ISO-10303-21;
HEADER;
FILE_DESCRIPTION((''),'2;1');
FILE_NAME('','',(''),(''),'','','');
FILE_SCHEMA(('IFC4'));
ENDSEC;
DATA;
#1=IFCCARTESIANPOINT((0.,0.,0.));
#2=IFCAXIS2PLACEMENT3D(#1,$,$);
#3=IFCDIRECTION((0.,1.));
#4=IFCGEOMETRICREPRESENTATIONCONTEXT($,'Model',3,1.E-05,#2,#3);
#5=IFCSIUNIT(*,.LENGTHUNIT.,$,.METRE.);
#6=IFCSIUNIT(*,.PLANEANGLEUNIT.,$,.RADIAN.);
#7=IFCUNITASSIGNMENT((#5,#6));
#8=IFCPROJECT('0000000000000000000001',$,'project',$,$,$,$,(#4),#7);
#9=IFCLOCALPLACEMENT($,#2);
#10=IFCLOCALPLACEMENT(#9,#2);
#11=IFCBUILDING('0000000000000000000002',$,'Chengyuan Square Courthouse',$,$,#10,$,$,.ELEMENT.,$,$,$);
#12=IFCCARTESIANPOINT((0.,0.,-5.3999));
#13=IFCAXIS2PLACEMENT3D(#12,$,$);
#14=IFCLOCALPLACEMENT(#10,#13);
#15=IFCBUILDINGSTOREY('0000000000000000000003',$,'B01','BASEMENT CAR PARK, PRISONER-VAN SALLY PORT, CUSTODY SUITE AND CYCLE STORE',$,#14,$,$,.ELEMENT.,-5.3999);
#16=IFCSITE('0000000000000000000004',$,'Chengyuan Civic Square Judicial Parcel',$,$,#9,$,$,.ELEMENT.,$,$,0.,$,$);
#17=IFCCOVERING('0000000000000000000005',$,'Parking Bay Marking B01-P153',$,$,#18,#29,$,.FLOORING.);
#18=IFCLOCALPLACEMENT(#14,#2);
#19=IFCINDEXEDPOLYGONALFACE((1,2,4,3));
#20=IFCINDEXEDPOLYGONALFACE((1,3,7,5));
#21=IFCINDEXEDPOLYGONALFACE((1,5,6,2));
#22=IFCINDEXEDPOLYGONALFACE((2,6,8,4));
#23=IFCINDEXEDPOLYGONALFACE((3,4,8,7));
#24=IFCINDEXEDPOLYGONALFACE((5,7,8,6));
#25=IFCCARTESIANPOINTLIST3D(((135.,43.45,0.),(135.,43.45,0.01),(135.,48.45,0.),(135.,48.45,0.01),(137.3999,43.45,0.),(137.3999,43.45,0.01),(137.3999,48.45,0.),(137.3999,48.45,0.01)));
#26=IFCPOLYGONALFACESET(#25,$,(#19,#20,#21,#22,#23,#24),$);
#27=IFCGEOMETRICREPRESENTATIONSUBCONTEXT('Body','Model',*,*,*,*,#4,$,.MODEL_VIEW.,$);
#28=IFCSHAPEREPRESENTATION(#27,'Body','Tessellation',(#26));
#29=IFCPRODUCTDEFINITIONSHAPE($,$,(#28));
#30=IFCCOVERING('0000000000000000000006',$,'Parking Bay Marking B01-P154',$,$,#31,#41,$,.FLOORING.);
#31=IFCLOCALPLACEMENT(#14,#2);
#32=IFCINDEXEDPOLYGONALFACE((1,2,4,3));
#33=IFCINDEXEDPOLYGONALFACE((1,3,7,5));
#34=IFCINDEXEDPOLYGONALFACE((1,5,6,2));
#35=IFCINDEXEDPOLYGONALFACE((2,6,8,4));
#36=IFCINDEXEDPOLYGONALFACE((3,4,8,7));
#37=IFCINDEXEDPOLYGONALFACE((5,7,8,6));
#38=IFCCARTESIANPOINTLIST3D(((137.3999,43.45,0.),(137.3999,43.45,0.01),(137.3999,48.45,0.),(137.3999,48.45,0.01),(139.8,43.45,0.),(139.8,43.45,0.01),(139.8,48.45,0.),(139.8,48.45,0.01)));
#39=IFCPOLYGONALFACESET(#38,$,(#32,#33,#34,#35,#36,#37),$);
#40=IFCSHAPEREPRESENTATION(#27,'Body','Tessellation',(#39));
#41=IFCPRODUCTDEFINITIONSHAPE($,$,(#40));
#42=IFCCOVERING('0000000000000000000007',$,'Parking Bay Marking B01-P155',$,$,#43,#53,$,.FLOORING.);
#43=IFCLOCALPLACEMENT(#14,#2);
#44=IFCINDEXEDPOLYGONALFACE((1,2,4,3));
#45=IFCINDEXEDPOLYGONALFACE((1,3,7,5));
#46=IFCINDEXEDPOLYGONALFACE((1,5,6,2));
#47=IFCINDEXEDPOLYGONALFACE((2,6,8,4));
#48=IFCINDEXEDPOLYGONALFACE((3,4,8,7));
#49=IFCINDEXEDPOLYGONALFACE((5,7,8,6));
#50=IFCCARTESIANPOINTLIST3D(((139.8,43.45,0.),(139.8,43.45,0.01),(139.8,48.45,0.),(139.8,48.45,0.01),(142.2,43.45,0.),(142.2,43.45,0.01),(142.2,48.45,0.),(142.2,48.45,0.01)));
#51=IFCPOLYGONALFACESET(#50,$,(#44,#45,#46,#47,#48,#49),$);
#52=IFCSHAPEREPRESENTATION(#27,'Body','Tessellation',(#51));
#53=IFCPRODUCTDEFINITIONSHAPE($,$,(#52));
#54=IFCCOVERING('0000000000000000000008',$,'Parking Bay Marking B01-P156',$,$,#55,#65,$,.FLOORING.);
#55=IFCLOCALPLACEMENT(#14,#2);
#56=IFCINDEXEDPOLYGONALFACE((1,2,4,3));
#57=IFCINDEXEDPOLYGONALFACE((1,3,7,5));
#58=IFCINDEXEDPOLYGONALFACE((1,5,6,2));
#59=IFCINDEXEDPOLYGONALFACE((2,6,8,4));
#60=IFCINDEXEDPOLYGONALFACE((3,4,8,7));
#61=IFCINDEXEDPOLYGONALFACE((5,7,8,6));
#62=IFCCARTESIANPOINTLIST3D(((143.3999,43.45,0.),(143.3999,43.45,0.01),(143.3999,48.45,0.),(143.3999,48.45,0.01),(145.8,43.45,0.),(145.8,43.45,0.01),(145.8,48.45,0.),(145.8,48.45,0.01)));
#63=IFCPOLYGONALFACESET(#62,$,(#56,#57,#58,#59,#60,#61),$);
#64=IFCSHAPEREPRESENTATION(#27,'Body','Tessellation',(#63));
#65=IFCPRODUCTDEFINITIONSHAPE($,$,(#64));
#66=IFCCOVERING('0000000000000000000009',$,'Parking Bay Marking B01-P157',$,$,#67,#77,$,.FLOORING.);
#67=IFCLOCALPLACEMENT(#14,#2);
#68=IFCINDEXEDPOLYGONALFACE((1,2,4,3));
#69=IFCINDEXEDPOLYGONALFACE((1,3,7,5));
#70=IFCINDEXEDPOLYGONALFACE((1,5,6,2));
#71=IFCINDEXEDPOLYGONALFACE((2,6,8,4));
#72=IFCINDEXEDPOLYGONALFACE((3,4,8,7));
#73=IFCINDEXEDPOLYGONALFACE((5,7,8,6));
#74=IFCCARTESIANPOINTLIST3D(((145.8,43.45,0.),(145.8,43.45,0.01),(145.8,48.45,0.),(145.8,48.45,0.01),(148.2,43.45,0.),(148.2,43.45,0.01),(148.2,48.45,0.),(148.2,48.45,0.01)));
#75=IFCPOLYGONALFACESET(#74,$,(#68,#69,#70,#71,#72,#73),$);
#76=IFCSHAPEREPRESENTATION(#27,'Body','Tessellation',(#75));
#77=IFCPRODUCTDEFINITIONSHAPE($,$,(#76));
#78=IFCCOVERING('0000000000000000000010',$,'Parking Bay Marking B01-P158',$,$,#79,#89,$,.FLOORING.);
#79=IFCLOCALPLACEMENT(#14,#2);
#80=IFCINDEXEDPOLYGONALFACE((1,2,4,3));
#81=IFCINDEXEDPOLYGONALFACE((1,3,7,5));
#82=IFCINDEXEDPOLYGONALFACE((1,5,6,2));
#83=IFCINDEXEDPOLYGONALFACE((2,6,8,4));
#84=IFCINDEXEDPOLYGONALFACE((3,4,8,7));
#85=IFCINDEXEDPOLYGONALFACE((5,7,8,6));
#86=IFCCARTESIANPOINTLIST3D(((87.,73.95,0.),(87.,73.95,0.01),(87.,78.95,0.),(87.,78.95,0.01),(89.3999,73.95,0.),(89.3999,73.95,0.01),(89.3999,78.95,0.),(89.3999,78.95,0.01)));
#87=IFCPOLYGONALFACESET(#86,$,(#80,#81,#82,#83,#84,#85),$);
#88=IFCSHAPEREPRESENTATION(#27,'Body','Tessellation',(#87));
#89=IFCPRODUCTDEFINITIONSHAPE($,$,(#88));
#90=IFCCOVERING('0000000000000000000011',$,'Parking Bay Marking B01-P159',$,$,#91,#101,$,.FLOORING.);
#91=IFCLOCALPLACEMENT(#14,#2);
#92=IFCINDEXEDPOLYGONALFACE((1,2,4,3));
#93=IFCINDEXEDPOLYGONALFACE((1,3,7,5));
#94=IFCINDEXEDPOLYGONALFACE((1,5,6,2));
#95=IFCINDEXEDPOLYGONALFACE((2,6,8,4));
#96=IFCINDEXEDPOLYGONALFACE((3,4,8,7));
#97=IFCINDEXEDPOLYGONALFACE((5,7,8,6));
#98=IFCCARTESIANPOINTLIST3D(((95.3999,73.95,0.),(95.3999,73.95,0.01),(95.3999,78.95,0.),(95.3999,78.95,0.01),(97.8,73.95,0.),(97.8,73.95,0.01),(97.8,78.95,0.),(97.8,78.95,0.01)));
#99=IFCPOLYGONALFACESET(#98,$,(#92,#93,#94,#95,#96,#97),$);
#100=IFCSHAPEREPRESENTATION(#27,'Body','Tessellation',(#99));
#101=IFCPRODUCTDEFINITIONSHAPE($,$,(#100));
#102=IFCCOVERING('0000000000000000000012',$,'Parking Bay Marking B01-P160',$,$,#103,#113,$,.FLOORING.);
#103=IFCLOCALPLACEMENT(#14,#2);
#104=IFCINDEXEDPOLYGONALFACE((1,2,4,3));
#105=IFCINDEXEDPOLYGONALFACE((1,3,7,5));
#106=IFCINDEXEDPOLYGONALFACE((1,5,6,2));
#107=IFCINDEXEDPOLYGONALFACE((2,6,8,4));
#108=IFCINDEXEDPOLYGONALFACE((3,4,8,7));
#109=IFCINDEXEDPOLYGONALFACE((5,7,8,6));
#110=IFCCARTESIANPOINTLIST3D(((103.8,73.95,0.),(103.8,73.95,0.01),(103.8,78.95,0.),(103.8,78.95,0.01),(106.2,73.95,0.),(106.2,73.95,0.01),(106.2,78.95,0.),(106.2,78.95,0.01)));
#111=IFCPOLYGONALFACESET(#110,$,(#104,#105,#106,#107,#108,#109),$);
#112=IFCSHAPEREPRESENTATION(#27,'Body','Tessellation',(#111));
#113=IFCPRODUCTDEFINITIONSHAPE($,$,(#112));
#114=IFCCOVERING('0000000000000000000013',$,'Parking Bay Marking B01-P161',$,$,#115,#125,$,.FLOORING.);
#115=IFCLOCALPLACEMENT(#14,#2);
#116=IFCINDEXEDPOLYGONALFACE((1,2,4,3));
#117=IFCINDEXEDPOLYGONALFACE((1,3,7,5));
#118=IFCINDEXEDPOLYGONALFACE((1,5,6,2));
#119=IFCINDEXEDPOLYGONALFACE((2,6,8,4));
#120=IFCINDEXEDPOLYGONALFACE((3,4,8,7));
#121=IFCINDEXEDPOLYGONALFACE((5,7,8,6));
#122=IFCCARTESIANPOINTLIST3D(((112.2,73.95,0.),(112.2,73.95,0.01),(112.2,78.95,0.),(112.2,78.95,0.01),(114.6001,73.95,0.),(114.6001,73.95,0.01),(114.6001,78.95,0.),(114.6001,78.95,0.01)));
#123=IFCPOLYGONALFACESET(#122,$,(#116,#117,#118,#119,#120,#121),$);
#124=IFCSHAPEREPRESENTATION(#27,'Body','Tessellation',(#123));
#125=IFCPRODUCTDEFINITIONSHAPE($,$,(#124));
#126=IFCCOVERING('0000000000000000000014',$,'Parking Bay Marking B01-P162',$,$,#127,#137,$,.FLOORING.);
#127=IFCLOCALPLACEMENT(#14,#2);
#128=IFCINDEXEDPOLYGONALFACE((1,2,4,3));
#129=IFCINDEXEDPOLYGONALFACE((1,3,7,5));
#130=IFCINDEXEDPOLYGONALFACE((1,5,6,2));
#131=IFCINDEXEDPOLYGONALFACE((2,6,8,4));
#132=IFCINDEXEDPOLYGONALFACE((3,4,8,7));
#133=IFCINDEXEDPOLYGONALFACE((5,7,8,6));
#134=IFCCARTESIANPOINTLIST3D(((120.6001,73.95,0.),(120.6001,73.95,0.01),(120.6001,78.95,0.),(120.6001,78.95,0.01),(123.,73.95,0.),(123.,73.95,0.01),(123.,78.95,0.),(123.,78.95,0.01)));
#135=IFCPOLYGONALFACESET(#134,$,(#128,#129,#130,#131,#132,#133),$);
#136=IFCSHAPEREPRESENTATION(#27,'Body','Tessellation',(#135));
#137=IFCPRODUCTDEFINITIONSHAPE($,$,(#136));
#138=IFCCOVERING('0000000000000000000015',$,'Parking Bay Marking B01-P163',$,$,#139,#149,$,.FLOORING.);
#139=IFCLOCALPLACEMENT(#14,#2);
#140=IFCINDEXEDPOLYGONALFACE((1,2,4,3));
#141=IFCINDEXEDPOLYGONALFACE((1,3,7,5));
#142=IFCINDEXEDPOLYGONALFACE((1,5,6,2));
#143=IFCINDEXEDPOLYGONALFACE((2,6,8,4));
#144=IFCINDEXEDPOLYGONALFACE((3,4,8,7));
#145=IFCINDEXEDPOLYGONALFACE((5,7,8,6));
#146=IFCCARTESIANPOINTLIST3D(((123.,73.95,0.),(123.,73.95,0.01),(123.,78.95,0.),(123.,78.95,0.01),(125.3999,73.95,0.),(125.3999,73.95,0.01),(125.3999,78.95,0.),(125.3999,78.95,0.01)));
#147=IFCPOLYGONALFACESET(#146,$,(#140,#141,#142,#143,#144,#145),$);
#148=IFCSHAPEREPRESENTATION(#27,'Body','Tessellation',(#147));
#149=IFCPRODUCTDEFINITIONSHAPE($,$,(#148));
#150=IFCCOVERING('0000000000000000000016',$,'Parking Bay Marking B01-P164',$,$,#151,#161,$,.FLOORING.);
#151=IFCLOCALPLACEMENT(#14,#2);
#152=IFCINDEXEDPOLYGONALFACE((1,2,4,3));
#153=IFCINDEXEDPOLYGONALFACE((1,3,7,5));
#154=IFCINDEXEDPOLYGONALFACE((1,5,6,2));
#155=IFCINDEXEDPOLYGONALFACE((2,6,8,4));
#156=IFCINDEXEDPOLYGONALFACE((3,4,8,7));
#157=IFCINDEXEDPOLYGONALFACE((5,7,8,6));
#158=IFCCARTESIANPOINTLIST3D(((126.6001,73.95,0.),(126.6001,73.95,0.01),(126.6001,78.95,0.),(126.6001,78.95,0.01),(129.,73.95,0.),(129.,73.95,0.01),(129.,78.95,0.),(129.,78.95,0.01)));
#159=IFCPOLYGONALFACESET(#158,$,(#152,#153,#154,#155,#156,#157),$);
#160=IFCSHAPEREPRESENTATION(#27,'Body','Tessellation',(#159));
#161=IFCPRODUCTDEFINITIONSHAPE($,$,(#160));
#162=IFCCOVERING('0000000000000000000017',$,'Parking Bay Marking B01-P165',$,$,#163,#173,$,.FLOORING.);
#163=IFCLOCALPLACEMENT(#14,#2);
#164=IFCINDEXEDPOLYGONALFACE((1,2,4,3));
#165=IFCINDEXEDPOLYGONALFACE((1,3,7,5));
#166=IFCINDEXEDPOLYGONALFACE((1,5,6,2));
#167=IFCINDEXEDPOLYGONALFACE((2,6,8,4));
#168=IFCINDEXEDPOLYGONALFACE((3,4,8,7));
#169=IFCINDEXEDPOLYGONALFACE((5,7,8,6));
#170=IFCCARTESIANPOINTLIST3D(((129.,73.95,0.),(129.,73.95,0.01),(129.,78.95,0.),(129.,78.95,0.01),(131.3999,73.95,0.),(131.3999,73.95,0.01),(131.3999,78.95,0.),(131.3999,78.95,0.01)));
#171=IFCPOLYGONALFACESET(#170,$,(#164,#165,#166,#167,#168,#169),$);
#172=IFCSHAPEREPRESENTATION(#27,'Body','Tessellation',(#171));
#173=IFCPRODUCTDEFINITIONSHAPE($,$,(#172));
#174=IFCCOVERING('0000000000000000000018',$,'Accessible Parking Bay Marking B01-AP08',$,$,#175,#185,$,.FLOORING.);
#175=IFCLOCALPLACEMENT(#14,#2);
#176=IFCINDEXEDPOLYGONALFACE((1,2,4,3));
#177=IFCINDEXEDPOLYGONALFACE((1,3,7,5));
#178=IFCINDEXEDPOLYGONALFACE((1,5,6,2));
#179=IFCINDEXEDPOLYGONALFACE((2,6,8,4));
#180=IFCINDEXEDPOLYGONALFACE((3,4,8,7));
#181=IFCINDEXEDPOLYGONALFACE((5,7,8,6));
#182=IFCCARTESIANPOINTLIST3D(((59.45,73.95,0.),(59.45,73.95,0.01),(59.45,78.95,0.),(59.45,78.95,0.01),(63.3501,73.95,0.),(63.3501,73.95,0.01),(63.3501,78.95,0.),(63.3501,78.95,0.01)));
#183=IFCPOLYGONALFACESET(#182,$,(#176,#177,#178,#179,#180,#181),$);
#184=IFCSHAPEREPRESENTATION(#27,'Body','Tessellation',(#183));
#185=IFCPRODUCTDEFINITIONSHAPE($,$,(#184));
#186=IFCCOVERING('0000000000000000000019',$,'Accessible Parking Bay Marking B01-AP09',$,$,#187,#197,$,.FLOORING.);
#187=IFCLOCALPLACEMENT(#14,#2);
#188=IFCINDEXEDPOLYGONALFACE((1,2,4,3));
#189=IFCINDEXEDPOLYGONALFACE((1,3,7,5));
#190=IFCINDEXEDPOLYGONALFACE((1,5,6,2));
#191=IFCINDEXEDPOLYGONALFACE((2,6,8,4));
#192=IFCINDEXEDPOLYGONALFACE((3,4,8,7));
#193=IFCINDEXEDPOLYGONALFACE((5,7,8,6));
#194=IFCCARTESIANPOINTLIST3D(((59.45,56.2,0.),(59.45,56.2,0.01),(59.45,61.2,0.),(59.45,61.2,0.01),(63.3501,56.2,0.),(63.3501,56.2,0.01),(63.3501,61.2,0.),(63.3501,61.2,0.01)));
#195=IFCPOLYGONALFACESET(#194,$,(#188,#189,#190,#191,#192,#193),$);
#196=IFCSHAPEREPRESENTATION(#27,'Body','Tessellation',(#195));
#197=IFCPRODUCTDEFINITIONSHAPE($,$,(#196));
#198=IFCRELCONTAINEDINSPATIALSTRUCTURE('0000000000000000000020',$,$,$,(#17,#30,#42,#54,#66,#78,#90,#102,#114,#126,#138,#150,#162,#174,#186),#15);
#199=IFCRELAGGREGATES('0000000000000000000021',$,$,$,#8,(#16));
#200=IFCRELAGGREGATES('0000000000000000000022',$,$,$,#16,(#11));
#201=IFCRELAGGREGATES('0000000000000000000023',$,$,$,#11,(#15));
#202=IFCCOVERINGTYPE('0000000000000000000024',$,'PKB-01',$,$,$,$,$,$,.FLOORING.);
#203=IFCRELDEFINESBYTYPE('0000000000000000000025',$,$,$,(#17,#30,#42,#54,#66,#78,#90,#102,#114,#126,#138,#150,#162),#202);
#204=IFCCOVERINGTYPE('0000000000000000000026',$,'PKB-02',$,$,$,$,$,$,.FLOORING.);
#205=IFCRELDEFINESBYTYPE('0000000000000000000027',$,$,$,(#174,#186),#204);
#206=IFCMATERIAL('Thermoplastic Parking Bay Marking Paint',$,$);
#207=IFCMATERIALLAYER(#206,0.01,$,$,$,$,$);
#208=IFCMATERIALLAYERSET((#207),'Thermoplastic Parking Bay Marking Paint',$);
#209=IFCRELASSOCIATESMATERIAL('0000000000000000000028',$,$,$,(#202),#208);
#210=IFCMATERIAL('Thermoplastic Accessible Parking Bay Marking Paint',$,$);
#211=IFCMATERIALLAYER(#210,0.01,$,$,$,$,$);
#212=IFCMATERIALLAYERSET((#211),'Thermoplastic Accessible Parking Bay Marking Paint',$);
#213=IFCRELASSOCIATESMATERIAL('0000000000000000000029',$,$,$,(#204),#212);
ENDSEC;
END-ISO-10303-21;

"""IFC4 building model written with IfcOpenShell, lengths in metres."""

from ifc_helpers import new_model, si_unit, direction, frame, origin, place, context, subcontext, project, spatial, polyline, outline, extrude, material, layer, layer_set, type_object, element, save


model = new_model("IFC4")

# Units and contexts
model_context = context("Model", 3, precision=1e-05, world=origin(), true_north=direction((0.0, 1.0)))
body_context = subcontext(model_context, "Body", "Model", "MODEL_VIEW")
ifc_project = project(units=[si_unit("LENGTHUNIT", "METRE"), si_unit("PLANEANGLEUNIT", "RADIAN")], contexts=[model_context])

# Site, building, storey
site_placement = place(None, origin())
site = spatial("IfcSite", under=ifc_project, at=site_placement, Name="Chengyuan Civic Square Judicial Parcel", CompositionType="ELEMENT", RefElevation=0.0)
building_placement = place(site_placement, origin())
building = spatial("IfcBuilding", under=site, at=building_placement, Name="Chengyuan Square Courthouse", CompositionType="ELEMENT")
storey_placement = place(building_placement, frame((0.0, 0.0, -5.3999)))
storey = spatial("IfcBuildingStorey", under=building, at=storey_placement, Name="B01", Description="BASEMENT CAR PARK, PRISONER-VAN SALLY PORT, CUSTODY SUITE AND CYCLE STORE", CompositionType="ELEMENT", Elevation=-5.3999)

# Coverings
ifc_material_1 = material(Name="Thermoplastic Parking Bay Marking Paint")
ifc_layer_1 = layer(ifc_material_1, 0.01)
ifc_layer_set_1 = layer_set([ifc_layer_1], Name="Thermoplastic Parking Bay Marking Paint")
covering_type_1 = type_object("IfcCoveringType", Name="PKB-01", PredefinedType="FLOORING", material=ifc_layer_set_1)
covering_1_placement = place(storey_placement, origin())
element("IfcCovering", 1, at=covering_1_placement, inside=storey, type_object=covering_type_1, Name="Parking Bay Marking B01-P153", PredefinedType="FLOORING", context=body_context, shape_type="SweptSolid", body=[
    extrude(outline(polyline([(135.0, 43.45), (137.3999, 43.45), (137.3999, 48.45), (135.0, 48.45), (135.0, 43.45)])), origin(), (0.0, 0.0, 1.0), 0.01),
])
covering_2_placement = place(storey_placement, origin())
element("IfcCovering", 2, at=covering_2_placement, inside=storey, type_object=covering_type_1, Name="Parking Bay Marking B01-P154", PredefinedType="FLOORING", context=body_context, shape_type="SweptSolid", body=[
    extrude(outline(polyline([(137.3999, 43.45), (139.8, 43.45), (139.8, 48.45), (137.3999, 48.45), (137.3999, 43.45)])), origin(), (0.0, 0.0, 1.0), 0.01),
])
covering_3_placement = place(storey_placement, origin())
element("IfcCovering", 3, at=covering_3_placement, inside=storey, type_object=covering_type_1, Name="Parking Bay Marking B01-P155", PredefinedType="FLOORING", context=body_context, shape_type="SweptSolid", body=[
    extrude(outline(polyline([(139.8, 43.45), (142.2, 43.45), (142.2, 48.45), (139.8, 48.45), (139.8, 43.45)])), origin(), (0.0, 0.0, 1.0), 0.01),
])
covering_4_placement = place(storey_placement, origin())
element("IfcCovering", 4, at=covering_4_placement, inside=storey, type_object=covering_type_1, Name="Parking Bay Marking B01-P156", PredefinedType="FLOORING", context=body_context, shape_type="SweptSolid", body=[
    extrude(outline(polyline([(143.3999, 43.45), (145.8, 43.45), (145.8, 48.45), (143.3999, 48.45), (143.3999, 43.45)])), origin(), (0.0, 0.0, 1.0), 0.01),
])
covering_5_placement = place(storey_placement, origin())
element("IfcCovering", 5, at=covering_5_placement, inside=storey, type_object=covering_type_1, Name="Parking Bay Marking B01-P157", PredefinedType="FLOORING", context=body_context, shape_type="SweptSolid", body=[
    extrude(outline(polyline([(145.8, 43.45), (148.2, 43.45), (148.2, 48.45), (145.8, 48.45), (145.8, 43.45)])), origin(), (0.0, 0.0, 1.0), 0.01),
])
covering_6_placement = place(storey_placement, origin())
element("IfcCovering", 6, at=covering_6_placement, inside=storey, type_object=covering_type_1, Name="Parking Bay Marking B01-P158", PredefinedType="FLOORING", context=body_context, shape_type="SweptSolid", body=[
    extrude(outline(polyline([(87.0, 73.95), (89.3999, 73.95), (89.3999, 78.95), (87.0, 78.95), (87.0, 73.95)])), origin(), (0.0, 0.0, 1.0), 0.01),
])
covering_7_placement = place(storey_placement, origin())
element("IfcCovering", 7, at=covering_7_placement, inside=storey, type_object=covering_type_1, Name="Parking Bay Marking B01-P159", PredefinedType="FLOORING", context=body_context, shape_type="SweptSolid", body=[
    extrude(outline(polyline([(95.3999, 73.95), (97.8, 73.95), (97.8, 78.95), (95.3999, 78.95), (95.3999, 73.95)])), origin(), (0.0, 0.0, 1.0), 0.01),
])
covering_8_placement = place(storey_placement, origin())
element("IfcCovering", 8, at=covering_8_placement, inside=storey, type_object=covering_type_1, Name="Parking Bay Marking B01-P160", PredefinedType="FLOORING", context=body_context, shape_type="SweptSolid", body=[
    extrude(outline(polyline([(103.8, 73.95), (106.2, 73.95), (106.2, 78.95), (103.8, 78.95), (103.8, 73.95)])), origin(), (0.0, 0.0, 1.0), 0.01),
])
covering_9_placement = place(storey_placement, origin())
element("IfcCovering", 9, at=covering_9_placement, inside=storey, type_object=covering_type_1, Name="Parking Bay Marking B01-P161", PredefinedType="FLOORING", context=body_context, shape_type="SweptSolid", body=[
    extrude(outline(polyline([(112.2, 73.95), (114.6001, 73.95), (114.6001, 78.95), (112.2, 78.95), (112.2, 73.95)])), origin(), (0.0, 0.0, 1.0), 0.01),
])
covering_10_placement = place(storey_placement, origin())
element("IfcCovering", 10, at=covering_10_placement, inside=storey, type_object=covering_type_1, Name="Parking Bay Marking B01-P162", PredefinedType="FLOORING", context=body_context, shape_type="SweptSolid", body=[
    extrude(outline(polyline([(120.6001, 73.95), (123.0, 73.95), (123.0, 78.95), (120.6001, 78.95), (120.6001, 73.95)])), origin(), (0.0, 0.0, 1.0), 0.01),
])
covering_11_placement = place(storey_placement, origin())
element("IfcCovering", 11, at=covering_11_placement, inside=storey, type_object=covering_type_1, Name="Parking Bay Marking B01-P163", PredefinedType="FLOORING", context=body_context, shape_type="SweptSolid", body=[
    extrude(outline(polyline([(123.0, 73.95), (125.3999, 73.95), (125.3999, 78.95), (123.0, 78.95), (123.0, 73.95)])), origin(), (0.0, 0.0, 1.0), 0.01),
])
covering_12_placement = place(storey_placement, origin())
element("IfcCovering", 12, at=covering_12_placement, inside=storey, type_object=covering_type_1, Name="Parking Bay Marking B01-P164", PredefinedType="FLOORING", context=body_context, shape_type="SweptSolid", body=[
    extrude(outline(polyline([(126.6001, 73.95), (129.0, 73.95), (129.0, 78.95), (126.6001, 78.95), (126.6001, 73.95)])), origin(), (0.0, 0.0, 1.0), 0.01),
])
covering_13_placement = place(storey_placement, origin())
element("IfcCovering", 13, at=covering_13_placement, inside=storey, type_object=covering_type_1, Name="Parking Bay Marking B01-P165", PredefinedType="FLOORING", context=body_context, shape_type="SweptSolid", body=[
    extrude(outline(polyline([(129.0, 73.95), (131.3999, 73.95), (131.3999, 78.95), (129.0, 78.95), (129.0, 73.95)])), origin(), (0.0, 0.0, 1.0), 0.01),
])
ifc_material_2 = material(Name="Thermoplastic Accessible Parking Bay Marking Paint")
ifc_layer_2 = layer(ifc_material_2, 0.01)
ifc_layer_set_2 = layer_set([ifc_layer_2], Name="Thermoplastic Accessible Parking Bay Marking Paint")
covering_type_2 = type_object("IfcCoveringType", Name="PKB-02", PredefinedType="FLOORING", material=ifc_layer_set_2)
covering_14_placement = place(storey_placement, origin())
element("IfcCovering", 14, at=covering_14_placement, inside=storey, type_object=covering_type_2, Name="Accessible Parking Bay Marking B01-AP08", PredefinedType="FLOORING", context=body_context, shape_type="SweptSolid", body=[
    extrude(outline(polyline([(59.45, 73.95), (63.3501, 73.95), (63.3501, 78.95), (59.45, 78.95), (59.45, 73.95)])), origin(), (0.0, 0.0, 1.0), 0.01),
])
covering_15_placement = place(storey_placement, origin())
element("IfcCovering", 15, at=covering_15_placement, inside=storey, type_object=covering_type_2, Name="Accessible Parking Bay Marking B01-AP09", PredefinedType="FLOORING", context=body_context, shape_type="SweptSolid", body=[
    extrude(outline(polyline([(59.45, 56.2), (63.3501, 56.2), (63.3501, 61.2), (59.45, 61.2), (59.45, 56.2)])), origin(), (0.0, 0.0, 1.0), 0.01),
])

save(model, "model.ifc")
